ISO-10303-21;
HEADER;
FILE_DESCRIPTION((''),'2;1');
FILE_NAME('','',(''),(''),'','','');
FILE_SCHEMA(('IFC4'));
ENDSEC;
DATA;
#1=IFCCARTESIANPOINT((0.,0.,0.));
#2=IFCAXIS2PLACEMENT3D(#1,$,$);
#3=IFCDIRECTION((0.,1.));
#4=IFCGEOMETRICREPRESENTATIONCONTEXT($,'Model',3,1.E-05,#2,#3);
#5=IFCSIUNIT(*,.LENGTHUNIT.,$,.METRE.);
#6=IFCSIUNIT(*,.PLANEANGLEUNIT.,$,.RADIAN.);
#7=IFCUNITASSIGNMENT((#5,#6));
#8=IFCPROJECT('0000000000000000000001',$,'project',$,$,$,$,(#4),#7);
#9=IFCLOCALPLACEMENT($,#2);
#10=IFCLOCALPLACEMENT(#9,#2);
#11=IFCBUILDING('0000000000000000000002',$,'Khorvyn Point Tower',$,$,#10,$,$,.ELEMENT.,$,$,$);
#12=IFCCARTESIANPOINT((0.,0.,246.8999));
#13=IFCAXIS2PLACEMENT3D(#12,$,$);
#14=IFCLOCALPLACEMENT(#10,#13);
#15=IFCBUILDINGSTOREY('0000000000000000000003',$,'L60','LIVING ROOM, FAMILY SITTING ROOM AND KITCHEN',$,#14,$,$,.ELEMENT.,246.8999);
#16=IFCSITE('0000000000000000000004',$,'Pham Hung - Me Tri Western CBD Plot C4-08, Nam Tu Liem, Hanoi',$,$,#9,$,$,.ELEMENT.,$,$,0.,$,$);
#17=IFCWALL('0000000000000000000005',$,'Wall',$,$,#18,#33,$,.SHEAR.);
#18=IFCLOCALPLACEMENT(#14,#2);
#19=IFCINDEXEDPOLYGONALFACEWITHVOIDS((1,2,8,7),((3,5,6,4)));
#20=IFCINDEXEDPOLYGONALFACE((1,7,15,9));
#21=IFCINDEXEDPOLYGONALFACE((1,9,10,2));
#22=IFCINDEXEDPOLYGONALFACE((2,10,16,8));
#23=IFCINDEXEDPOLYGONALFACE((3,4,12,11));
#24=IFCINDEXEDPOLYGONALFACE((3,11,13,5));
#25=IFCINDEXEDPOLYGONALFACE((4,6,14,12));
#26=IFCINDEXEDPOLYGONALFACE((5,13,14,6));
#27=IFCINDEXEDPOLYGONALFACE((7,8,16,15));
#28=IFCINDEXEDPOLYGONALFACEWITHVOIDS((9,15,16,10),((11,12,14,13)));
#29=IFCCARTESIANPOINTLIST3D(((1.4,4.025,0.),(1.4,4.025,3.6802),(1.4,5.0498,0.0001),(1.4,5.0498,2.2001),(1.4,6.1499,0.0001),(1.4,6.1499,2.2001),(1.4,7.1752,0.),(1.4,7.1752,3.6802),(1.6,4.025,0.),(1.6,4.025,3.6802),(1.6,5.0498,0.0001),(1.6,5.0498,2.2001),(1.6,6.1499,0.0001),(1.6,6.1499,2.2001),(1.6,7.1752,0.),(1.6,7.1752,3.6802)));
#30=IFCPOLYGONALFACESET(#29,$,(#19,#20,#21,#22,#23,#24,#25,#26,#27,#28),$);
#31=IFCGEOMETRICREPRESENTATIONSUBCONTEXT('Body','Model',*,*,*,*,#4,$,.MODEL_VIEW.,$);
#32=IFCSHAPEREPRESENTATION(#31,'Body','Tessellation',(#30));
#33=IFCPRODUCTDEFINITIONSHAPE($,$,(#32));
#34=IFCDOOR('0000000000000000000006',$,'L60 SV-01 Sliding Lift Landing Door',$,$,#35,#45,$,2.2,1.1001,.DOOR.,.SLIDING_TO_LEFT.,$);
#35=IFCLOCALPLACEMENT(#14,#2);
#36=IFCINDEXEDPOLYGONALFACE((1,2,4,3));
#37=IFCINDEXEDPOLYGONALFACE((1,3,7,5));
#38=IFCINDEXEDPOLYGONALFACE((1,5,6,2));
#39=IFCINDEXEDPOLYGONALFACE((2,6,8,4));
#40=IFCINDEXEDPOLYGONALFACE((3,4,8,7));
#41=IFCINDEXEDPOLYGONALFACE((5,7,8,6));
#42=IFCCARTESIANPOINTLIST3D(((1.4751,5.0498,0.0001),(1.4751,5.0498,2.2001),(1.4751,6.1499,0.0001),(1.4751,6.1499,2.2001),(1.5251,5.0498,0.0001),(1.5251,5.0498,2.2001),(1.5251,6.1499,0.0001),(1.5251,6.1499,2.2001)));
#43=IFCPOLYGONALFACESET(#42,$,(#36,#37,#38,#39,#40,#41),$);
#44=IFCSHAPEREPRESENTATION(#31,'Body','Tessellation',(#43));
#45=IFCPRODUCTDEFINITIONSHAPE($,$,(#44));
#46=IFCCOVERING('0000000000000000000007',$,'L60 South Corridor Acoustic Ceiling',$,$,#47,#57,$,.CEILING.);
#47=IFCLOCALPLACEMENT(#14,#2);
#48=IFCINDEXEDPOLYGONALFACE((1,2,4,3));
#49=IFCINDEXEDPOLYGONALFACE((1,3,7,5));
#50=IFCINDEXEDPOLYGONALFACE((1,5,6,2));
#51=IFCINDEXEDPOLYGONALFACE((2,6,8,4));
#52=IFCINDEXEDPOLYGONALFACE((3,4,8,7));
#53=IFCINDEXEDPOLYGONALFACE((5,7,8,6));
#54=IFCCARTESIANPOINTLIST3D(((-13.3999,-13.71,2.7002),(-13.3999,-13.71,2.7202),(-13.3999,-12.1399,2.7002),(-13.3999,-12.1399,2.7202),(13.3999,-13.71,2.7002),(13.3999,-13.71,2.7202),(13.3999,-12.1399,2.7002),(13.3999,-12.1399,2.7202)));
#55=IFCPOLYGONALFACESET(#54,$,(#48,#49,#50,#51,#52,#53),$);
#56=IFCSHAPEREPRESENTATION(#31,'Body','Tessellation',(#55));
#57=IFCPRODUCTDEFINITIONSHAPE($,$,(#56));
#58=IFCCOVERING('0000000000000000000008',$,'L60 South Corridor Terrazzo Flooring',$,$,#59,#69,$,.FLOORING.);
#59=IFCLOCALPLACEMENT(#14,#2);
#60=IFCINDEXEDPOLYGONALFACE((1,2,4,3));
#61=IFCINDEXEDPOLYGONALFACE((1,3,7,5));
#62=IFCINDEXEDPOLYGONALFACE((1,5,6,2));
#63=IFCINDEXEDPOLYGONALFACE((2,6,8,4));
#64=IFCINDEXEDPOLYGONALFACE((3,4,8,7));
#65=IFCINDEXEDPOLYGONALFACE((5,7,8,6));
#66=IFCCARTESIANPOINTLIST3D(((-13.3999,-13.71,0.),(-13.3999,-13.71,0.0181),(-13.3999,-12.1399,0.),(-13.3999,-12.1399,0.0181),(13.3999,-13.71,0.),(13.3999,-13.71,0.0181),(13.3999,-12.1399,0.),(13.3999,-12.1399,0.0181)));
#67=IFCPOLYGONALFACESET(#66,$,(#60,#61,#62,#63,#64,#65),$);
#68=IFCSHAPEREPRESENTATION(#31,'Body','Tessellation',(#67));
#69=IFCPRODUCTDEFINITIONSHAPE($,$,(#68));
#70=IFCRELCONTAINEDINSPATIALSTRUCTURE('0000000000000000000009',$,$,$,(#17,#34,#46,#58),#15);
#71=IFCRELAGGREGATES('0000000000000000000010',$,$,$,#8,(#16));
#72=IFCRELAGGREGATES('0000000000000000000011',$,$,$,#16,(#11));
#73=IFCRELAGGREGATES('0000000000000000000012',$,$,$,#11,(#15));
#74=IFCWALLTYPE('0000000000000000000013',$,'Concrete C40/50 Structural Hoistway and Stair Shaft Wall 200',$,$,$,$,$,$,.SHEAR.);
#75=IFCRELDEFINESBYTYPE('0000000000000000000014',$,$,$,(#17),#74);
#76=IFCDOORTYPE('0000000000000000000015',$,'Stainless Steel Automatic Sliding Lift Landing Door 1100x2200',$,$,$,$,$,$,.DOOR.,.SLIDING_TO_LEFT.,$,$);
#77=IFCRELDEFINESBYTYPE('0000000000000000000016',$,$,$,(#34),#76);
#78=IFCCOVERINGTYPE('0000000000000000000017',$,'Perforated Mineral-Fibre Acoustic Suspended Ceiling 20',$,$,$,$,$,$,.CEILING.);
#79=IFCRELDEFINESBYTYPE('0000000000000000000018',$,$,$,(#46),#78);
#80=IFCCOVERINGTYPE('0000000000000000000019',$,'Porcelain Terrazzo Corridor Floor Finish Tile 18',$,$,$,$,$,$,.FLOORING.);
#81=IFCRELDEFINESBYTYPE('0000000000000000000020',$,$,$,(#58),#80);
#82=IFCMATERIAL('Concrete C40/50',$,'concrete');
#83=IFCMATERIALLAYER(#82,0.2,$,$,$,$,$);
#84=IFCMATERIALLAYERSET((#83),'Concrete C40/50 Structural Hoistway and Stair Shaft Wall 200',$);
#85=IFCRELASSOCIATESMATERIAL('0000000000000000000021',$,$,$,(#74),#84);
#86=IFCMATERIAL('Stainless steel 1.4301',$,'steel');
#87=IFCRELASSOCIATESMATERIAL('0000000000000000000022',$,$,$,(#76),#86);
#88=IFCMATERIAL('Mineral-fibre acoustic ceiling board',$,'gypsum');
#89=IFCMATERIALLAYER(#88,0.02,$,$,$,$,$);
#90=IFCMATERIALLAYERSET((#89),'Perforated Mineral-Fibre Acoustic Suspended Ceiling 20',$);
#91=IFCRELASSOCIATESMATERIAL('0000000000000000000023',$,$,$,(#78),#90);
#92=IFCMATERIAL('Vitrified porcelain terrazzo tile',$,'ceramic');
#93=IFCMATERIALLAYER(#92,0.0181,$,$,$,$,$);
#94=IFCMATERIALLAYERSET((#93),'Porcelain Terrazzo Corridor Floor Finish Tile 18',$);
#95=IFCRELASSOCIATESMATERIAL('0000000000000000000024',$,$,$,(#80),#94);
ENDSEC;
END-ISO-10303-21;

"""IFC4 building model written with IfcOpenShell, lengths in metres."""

from ifc_helpers import new_model, si_unit, direction, frame, frame_2d, origin, place, context, subcontext, project, spatial, polyline, rectangle, outline, extrude, material, layer, layer_set, type_object, element, fill, save


model = new_model("IFC4")

# Units and contexts
model_context = context("Model", 3, precision=1e-05, world=origin(), true_north=direction((0.0, 1.0)))
body_context = subcontext(model_context, "Body", "Model", "MODEL_VIEW")
ifc_project = project(units=[si_unit("LENGTHUNIT", "METRE"), si_unit("PLANEANGLEUNIT", "RADIAN")], contexts=[model_context])

# Site, building, storey
site_placement = place(None, origin())
site = spatial("IfcSite", under=ifc_project, at=site_placement, Name="Pham Hung - Me Tri Western CBD Plot C4-08, Nam Tu Liem, Hanoi", CompositionType="ELEMENT", RefElevation=0.0)
building_placement = place(site_placement, origin())
building = spatial("IfcBuilding", under=site, at=building_placement, Name="Khorvyn Point Tower", CompositionType="ELEMENT")
storey_placement = place(building_placement, frame((0.0, 0.0, 246.8999)))
storey = spatial("IfcBuildingStorey", under=building, at=storey_placement, Name="L60", Description="LIVING ROOM, FAMILY SITTING ROOM AND KITCHEN", CompositionType="ELEMENT", Elevation=246.8999)

# Shared definitions
ifc_material_1 = material(Name="Concrete C40/50", Category="concrete")

# Shared definitions
ifc_layer_1 = layer(ifc_material_1, 0.2)
ifc_layer_set_1 = layer_set([ifc_layer_1], Name="Concrete C40/50 Structural Hoistway and Stair Shaft Wall 200")
wall_type = type_object("IfcWallType", Name="Concrete C40/50 Structural Hoistway and Stair Shaft Wall 200", PredefinedType="SHEAR", material=ifc_layer_set_1)

# Shared definitions
ifc_material_2 = material(Name="Stainless steel 1.4301", Category="steel")
door_type = type_object("IfcDoorType", Name="Stainless Steel Automatic Sliding Lift Landing Door 1100x2200", OperationType="SLIDING_TO_LEFT", PredefinedType="DOOR", material=ifc_material_2)

# Wall, opening, door
wall_1_placement = place(storey_placement, frame((1.5, 4.0249, 0.0), z_axis=(0.0, 0.0, 1.0), x_axis=(0.0, 1.0, 0.0)))
wall_1 = element("IfcWall", 1, at=wall_1_placement, inside=storey, type_object=wall_type, Name="Wall", PredefinedType="SHEAR", context=body_context, shape_type="SweptSolid", body=[
    extrude(rectangle(XDim=3.1501, YDim=0.2, at=frame_2d((1.5752, 0.0))), origin(), (0.0, 0.0, 1.0), 3.6802),
])
opening_1_placement = place(wall_1_placement, frame((1.0249, 0.0, 0.0)))
opening_1 = element("IfcOpeningElement", 2, at=opening_1_placement, cuts=wall_1, PredefinedType="OPENING", context=body_context, shape_type="SweptSolid", body=[
    extrude(rectangle(XDim=1.1001, YDim=2.2, at=frame_2d((0.55, 1.1001))), frame((0.0, 0.1099, 0.0), z_axis=(0.0, -1.0, 0.0), x_axis=(1.0, 0.0, 0.0)), (0.0, 0.0, 1.0), 0.22),
])
door_1_placement = place(opening_1_placement, origin())
door_1 = element("IfcDoor", 3, at=door_1_placement, inside=storey, type_object=door_type, Name="L60 SV-01 Sliding Lift Landing Door", OperationType="SLIDING_TO_LEFT", OverallHeight=2.2, OverallWidth=1.1001, PredefinedType="DOOR", context=body_context, shape_type="SweptSolid", body=[
    extrude(rectangle(XDim=1.1001, YDim=2.2, at=frame_2d((0.55, 1.1001))), frame((0.0, 0.0249, 0.0), z_axis=(0.0, -1.0, 0.0), x_axis=(1.0, 0.0, 0.0)), (0.0, 0.0, 1.0), 0.05),
])
fill(opening_1, door_1)

# Coverings
ifc_material_3 = material(Name="Mineral-fibre acoustic ceiling board", Category="gypsum")
ifc_layer_2 = layer(ifc_material_3, 0.02)
ifc_layer_set_2 = layer_set([ifc_layer_2], Name="Perforated Mineral-Fibre Acoustic Suspended Ceiling 20")
covering_type_1 = type_object("IfcCoveringType", Name="Perforated Mineral-Fibre Acoustic Suspended Ceiling 20", PredefinedType="CEILING", material=ifc_layer_set_2)
covering_1_placement = place(storey_placement, frame((0.0, 0.0, 2.7002)))
element("IfcCovering", 4, at=covering_1_placement, inside=storey, type_object=covering_type_1, Name="L60 South Corridor Acoustic Ceiling", PredefinedType="CEILING", context=body_context, shape_type="SweptSolid", body=[
    extrude(outline(polyline([(-13.3999, -13.71), (13.3999, -13.71), (13.3999, -12.1399), (-13.3999, -12.1399), (-13.3999, -13.71)])), origin(), (0.0, 0.0, 1.0), 0.02),
])
ifc_material_4 = material(Name="Vitrified porcelain terrazzo tile", Category="ceramic")
ifc_layer_3 = layer(ifc_material_4, 0.0181)
ifc_layer_set_3 = layer_set([ifc_layer_3], Name="Porcelain Terrazzo Corridor Floor Finish Tile 18")
covering_type_2 = type_object("IfcCoveringType", Name="Porcelain Terrazzo Corridor Floor Finish Tile 18", PredefinedType="FLOORING", material=ifc_layer_set_3)
covering_2_placement = place(storey_placement, origin())
element("IfcCovering", 5, at=covering_2_placement, inside=storey, type_object=covering_type_2, Name="L60 South Corridor Terrazzo Flooring", PredefinedType="FLOORING", context=body_context, shape_type="SweptSolid", body=[
    extrude(outline(polyline([(-13.3999, -13.71), (13.3999, -13.71), (13.3999, -12.1399), (-13.3999, -12.1399), (-13.3999, -13.71)])), origin(), (0.0, 0.0, 1.0), 0.0181),
])

save(model, "model.ifc")
